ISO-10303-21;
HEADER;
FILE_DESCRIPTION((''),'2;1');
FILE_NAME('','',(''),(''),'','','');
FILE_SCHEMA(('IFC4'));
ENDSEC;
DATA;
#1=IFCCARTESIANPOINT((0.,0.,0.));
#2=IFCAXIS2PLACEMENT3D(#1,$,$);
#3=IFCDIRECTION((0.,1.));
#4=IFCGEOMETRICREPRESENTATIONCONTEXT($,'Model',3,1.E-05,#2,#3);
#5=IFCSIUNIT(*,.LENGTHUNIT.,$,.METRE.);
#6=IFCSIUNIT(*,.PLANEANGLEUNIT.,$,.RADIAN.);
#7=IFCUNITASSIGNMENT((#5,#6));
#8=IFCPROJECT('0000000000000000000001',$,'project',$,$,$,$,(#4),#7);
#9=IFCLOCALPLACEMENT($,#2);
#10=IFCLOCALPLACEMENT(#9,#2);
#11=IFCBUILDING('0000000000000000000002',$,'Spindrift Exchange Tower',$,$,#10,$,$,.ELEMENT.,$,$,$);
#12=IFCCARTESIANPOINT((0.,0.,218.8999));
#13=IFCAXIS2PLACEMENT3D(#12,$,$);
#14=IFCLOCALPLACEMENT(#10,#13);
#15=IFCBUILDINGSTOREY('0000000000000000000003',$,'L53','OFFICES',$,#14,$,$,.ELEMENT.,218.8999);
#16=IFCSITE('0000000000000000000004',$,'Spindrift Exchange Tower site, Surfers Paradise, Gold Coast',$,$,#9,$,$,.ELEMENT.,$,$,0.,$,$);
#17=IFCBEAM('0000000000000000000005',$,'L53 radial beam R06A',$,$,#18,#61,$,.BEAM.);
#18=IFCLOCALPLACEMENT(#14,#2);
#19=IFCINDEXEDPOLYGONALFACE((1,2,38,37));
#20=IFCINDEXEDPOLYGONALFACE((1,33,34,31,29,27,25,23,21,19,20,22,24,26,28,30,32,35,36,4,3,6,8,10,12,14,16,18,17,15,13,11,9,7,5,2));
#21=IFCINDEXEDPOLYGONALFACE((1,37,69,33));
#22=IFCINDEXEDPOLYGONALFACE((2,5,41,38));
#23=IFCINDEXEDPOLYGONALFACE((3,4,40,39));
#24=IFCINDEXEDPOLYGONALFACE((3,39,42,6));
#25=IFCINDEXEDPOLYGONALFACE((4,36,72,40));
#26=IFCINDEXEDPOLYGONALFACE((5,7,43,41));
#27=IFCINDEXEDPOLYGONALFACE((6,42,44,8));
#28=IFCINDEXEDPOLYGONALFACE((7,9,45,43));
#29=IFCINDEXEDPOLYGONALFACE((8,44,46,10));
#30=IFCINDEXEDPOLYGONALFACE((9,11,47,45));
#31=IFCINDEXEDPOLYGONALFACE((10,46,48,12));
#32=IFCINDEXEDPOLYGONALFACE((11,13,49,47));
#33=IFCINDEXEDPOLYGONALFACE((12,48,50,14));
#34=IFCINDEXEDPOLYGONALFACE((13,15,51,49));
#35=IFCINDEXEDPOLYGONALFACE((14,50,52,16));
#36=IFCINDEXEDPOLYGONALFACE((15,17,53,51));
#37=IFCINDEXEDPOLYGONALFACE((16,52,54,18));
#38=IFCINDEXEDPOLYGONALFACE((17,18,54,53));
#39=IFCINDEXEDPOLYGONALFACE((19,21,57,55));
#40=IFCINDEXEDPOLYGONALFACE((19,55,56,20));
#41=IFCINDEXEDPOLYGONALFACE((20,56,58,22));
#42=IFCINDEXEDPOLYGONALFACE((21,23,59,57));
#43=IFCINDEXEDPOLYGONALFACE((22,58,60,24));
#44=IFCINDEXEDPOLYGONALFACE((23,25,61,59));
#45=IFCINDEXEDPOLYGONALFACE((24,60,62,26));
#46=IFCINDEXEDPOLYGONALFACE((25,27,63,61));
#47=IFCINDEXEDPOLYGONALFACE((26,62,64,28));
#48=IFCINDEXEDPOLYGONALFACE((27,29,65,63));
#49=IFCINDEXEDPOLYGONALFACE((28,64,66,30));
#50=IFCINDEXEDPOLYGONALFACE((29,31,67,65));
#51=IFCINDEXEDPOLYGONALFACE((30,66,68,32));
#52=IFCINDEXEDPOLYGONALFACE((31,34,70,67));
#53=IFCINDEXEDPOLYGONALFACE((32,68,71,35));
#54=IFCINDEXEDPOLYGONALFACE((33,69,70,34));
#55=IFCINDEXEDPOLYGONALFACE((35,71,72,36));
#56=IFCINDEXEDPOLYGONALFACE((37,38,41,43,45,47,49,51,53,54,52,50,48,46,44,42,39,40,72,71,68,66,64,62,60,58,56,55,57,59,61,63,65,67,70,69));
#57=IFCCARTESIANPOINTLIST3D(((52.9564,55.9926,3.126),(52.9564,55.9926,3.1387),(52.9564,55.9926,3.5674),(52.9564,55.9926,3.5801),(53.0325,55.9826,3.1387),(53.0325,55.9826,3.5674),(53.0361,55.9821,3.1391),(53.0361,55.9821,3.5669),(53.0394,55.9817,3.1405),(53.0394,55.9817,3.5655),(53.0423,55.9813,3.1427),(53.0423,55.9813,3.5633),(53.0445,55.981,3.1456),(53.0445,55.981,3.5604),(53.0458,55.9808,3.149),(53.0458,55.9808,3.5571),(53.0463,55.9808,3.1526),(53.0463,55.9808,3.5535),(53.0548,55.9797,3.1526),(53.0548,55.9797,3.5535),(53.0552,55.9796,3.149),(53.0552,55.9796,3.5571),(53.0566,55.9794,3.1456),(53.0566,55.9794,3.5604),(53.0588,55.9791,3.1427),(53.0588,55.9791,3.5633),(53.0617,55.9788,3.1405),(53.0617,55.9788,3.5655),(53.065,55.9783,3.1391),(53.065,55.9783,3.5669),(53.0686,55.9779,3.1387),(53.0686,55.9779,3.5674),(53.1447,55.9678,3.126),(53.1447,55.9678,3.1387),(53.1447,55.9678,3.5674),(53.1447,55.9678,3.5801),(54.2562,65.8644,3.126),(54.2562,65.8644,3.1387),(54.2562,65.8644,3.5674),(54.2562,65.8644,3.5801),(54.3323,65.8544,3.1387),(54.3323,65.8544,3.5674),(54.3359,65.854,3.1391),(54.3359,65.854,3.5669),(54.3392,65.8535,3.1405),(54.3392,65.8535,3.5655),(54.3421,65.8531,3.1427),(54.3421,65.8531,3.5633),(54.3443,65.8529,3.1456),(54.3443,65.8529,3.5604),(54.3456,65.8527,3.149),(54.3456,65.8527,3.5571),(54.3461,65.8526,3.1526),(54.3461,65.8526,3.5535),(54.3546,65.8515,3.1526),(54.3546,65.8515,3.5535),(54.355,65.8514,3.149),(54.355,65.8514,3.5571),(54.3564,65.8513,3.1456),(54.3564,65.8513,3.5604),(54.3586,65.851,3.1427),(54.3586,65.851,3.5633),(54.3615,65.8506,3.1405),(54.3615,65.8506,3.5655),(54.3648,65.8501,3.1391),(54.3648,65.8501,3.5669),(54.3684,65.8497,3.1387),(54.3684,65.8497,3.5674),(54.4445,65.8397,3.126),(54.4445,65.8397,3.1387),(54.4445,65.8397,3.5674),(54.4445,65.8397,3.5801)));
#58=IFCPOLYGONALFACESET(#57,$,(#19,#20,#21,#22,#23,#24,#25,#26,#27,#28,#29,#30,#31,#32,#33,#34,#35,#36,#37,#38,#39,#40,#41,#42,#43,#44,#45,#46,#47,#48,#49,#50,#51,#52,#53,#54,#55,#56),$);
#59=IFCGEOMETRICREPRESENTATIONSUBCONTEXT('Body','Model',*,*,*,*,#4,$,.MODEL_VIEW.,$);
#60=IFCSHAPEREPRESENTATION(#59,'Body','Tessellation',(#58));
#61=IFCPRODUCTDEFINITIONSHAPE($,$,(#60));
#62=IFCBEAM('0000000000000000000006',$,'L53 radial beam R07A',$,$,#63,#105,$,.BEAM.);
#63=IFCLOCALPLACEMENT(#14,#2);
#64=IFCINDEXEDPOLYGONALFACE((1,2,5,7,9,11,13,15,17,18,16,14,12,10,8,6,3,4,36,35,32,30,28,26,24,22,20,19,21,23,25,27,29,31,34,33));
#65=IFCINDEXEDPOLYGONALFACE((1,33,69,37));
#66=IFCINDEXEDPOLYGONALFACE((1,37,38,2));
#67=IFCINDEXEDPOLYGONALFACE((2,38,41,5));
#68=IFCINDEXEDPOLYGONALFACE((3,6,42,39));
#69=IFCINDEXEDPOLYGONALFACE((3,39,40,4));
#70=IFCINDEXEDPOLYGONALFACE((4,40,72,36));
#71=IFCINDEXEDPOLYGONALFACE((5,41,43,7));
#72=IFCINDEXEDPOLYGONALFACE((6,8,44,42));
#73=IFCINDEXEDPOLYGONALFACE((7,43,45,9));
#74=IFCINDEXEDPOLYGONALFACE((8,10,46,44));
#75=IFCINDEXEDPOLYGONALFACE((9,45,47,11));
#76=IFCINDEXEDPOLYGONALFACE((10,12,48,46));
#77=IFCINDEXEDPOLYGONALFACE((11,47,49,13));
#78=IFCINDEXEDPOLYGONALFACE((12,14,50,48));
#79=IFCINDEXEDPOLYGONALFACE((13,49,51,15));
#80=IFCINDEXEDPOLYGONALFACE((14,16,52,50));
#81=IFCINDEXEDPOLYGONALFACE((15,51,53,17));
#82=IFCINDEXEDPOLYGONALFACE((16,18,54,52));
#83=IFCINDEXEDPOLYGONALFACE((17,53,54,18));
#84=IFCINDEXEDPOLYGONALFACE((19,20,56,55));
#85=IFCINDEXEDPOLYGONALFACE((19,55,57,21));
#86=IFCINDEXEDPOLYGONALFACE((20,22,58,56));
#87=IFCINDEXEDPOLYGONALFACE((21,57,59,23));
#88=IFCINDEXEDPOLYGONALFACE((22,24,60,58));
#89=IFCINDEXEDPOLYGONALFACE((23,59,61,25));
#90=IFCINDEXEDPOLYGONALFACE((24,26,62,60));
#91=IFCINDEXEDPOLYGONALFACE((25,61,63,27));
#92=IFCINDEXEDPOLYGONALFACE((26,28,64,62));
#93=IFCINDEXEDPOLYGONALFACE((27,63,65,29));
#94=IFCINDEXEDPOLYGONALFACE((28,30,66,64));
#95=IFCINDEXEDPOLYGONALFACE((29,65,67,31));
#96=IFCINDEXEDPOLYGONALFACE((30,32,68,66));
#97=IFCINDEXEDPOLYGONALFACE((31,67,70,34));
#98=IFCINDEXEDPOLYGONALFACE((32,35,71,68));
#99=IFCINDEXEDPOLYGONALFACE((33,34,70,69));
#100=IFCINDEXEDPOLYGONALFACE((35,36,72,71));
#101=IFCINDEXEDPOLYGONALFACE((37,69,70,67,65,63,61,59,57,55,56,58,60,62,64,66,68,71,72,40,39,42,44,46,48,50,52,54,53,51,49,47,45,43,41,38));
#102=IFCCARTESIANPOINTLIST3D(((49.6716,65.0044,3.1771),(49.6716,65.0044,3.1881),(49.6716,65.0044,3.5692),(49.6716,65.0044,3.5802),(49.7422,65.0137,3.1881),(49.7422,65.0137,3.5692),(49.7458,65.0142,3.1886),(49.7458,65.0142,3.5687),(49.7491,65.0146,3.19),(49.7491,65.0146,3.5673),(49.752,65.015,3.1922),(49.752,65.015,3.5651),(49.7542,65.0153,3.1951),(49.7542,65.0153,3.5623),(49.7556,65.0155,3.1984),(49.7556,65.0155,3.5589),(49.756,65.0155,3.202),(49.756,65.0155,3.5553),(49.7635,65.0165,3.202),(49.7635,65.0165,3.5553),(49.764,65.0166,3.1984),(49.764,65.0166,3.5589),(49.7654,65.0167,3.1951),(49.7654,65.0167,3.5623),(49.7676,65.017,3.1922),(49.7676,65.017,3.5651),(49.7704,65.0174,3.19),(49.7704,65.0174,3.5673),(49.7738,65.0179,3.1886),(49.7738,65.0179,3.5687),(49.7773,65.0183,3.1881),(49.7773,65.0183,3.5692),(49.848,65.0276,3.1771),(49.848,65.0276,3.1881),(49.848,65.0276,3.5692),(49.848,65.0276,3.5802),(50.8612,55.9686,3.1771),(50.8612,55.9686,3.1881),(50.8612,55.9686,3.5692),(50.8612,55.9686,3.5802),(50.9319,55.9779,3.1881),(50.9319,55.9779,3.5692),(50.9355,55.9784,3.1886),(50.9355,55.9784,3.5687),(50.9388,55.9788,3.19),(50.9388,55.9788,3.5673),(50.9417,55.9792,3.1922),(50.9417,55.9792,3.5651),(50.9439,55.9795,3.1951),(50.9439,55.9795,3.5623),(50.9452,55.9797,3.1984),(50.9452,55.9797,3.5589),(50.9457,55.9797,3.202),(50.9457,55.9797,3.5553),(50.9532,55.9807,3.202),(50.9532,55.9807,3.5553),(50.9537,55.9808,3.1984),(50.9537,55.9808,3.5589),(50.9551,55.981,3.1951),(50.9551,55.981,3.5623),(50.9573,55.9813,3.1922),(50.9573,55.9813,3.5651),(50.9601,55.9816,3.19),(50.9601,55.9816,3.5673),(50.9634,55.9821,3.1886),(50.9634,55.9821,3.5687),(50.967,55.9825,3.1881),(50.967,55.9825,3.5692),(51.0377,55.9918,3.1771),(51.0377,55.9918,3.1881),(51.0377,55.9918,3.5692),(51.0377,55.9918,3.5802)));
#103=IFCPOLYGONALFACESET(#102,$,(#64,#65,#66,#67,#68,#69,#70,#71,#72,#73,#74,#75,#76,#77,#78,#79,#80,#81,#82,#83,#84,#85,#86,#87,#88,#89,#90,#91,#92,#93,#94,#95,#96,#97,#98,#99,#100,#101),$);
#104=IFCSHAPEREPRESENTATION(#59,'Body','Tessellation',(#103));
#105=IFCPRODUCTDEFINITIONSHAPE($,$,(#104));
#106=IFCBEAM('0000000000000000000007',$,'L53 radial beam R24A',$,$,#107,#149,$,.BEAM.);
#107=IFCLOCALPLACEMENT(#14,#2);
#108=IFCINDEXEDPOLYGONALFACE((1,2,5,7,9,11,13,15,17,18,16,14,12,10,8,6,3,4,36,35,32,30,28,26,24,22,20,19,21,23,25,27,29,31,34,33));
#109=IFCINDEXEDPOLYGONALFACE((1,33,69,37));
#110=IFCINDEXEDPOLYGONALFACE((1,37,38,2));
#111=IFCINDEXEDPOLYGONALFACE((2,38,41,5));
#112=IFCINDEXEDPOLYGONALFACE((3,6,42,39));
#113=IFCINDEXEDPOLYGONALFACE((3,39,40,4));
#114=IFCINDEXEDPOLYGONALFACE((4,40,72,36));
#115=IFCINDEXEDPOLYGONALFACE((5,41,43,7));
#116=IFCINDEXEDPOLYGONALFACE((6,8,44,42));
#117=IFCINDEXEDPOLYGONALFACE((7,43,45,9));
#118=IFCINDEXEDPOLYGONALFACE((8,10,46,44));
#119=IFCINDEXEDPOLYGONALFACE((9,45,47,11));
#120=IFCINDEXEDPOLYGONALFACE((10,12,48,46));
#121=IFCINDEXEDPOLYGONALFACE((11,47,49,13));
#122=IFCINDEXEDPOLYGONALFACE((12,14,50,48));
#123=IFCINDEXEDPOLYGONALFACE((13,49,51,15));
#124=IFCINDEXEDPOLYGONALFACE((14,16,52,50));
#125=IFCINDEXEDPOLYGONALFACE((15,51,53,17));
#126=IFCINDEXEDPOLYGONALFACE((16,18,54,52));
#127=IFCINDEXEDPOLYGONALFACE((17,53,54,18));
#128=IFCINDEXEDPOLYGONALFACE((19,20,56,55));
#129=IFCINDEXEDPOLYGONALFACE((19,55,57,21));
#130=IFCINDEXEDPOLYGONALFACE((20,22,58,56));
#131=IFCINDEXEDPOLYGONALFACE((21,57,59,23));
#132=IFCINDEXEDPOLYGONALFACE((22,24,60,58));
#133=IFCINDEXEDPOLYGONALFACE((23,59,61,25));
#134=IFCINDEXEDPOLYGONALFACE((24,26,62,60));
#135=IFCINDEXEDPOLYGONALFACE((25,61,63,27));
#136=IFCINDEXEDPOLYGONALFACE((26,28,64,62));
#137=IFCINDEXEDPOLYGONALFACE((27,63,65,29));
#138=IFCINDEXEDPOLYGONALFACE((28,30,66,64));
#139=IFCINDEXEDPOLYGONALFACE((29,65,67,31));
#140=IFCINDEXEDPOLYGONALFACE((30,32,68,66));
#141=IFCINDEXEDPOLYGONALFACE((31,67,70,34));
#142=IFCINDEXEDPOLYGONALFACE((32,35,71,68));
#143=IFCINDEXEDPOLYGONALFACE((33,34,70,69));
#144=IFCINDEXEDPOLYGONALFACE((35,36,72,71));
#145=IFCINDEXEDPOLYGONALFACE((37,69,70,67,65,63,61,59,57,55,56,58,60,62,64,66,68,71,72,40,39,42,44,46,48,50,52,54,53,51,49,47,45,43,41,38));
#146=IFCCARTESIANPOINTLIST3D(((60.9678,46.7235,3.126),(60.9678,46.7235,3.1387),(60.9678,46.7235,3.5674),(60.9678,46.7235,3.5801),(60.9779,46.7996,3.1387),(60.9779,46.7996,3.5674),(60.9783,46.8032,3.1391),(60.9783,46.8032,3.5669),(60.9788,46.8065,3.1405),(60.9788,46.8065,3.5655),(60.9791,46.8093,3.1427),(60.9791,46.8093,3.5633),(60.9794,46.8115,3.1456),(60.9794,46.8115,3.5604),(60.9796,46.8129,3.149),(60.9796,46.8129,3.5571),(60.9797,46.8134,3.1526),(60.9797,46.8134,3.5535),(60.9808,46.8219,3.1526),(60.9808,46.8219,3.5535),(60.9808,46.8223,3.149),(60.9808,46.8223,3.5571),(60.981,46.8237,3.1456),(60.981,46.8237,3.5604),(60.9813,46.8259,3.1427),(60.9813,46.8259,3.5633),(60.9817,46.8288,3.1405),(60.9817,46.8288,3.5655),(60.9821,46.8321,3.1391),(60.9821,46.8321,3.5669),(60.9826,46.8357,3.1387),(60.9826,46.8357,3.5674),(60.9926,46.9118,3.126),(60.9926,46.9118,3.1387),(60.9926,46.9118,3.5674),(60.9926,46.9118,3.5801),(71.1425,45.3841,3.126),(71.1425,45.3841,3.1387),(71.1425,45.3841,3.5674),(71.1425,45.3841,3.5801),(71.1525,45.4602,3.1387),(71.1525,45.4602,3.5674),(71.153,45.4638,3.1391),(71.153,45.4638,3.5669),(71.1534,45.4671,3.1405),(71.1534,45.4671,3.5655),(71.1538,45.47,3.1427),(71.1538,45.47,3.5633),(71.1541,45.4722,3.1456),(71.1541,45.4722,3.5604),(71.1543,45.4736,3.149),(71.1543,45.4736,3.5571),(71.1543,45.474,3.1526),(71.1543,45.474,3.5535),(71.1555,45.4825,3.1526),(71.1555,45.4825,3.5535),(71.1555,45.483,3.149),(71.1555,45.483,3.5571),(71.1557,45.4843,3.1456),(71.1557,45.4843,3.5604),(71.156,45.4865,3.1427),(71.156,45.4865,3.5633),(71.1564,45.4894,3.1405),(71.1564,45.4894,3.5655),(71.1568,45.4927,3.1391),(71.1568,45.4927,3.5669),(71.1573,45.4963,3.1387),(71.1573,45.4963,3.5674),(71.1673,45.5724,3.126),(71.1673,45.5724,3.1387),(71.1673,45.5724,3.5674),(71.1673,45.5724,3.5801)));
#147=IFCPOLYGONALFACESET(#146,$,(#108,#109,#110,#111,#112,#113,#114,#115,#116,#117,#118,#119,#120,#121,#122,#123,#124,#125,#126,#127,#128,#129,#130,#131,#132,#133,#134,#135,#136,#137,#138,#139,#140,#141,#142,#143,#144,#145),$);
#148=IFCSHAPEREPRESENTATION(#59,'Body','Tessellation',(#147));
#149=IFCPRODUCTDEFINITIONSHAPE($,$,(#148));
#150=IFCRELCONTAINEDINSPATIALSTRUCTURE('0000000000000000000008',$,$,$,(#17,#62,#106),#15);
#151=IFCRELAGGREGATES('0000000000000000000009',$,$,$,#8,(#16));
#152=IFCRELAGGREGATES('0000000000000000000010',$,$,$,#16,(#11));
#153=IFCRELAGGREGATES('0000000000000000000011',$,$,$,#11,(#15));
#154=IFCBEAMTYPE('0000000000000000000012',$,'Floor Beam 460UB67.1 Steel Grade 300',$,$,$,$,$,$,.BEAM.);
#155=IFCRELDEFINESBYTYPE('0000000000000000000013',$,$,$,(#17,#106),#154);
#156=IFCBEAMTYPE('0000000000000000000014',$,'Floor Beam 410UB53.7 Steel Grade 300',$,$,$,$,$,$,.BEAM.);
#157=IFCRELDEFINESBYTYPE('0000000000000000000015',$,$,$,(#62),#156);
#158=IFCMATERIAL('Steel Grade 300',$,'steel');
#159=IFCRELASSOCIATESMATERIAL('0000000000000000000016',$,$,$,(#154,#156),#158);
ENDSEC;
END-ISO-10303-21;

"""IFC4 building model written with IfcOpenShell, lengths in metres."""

from ifc_helpers import new_model, si_unit, direction, frame, origin, origin_2d, place, context, subcontext, project, spatial, i_section, extrude, source, transform, mapped, material, material_profile, profile_set, type_object, element, save


model = new_model("IFC4")

# Units and contexts
model_context = context("Model", 3, precision=1e-05, world=origin(), true_north=direction((0.0, 1.0)))
body_context = subcontext(model_context, "Body", "Model", "MODEL_VIEW")
ifc_project = project(units=[si_unit("LENGTHUNIT", "METRE"), si_unit("PLANEANGLEUNIT", "RADIAN")], contexts=[model_context])

# Site, building, storey
site_placement = place(None, origin())
site = spatial("IfcSite", under=ifc_project, at=site_placement, Name="Spindrift Exchange Tower site, Surfers Paradise, Gold Coast", CompositionType="ELEMENT", RefElevation=0.0)
building_placement = place(site_placement, origin())
building = spatial("IfcBuilding", under=site, at=building_placement, Name="Spindrift Exchange Tower", CompositionType="ELEMENT")
storey_placement = place(building_placement, frame((0.0, 0.0, 218.8999)))
storey = spatial("IfcBuildingStorey", under=building, at=storey_placement, Name="L53", Description="OFFICES", CompositionType="ELEMENT", Elevation=218.8999)

# Beams
ifc_material_1 = material(Name="Steel Grade 300", Category="steel")
ifc_material_profile_1 = material_profile(ifc_material_1, i_section(OverallWidth=0.1899, OverallDepth=0.4541, WebThickness=0.0085, FlangeThickness=0.0127, FilletRadius=0.0139, at=origin_2d()), Name="460UB67.1")
ifc_profile_set_1 = profile_set([ifc_material_profile_1], Name="Steel Grade 300")
beam_type_1 = type_object("IfcBeamType", Name="Floor Beam 460UB67.1 Steel Grade 300", PredefinedType="BEAM", material=ifc_profile_set_1)
shared_shape_1 = source(origin(), body_context, "Body", "SweptSolid", [
    extrude(i_section(OverallWidth=0.1899, OverallDepth=0.4541, WebThickness=0.0085, FlangeThickness=0.0127, FilletRadius=0.0139, at=origin_2d()), origin(), (0.0, 0.0, 1.0), 9.957),
])
beam_1_placement = place(storey_placement, frame((53.0505, 55.9802, 3.353), z_axis=(0.130541, 0.991443, 0.0), x_axis=(-0.991443, 0.130541, 0.0)))
element("IfcBeam", 1, at=beam_1_placement, inside=storey, type_object=beam_type_1, Name="L53 radial beam R06A", PredefinedType="BEAM", context=body_context, shape_type="MappedRepresentation", body=[
    mapped(shared_shape_1, transform((0.0, 0.0, 0.0), scale=1.0)),
])
ifc_material_profile_2 = material_profile(ifc_material_1, i_section(OverallWidth=0.178, OverallDepth=0.4031, WebThickness=0.0076, FlangeThickness=0.011, FilletRadius=0.0139, at=origin_2d()), Name="410UB53.7")
ifc_profile_set_2 = profile_set([ifc_material_profile_2], Name="Steel Grade 300")
beam_type_2 = type_object("IfcBeamType", Name="Floor Beam 410UB53.7 Steel Grade 300", PredefinedType="BEAM", material=ifc_profile_set_2)
shared_shape_2 = source(origin(), body_context, "Body", "SweptSolid", [
    extrude(i_section(OverallWidth=0.178, OverallDepth=0.4031, WebThickness=0.0076, FlangeThickness=0.011, FilletRadius=0.0139, at=origin_2d()), origin(), (0.0, 0.0, 1.0), 9.1138),
])
beam_2_placement = place(storey_placement, frame((50.9495, 55.9802, 3.3787), z_axis=(-0.130537, 0.991443, 0.0), x_axis=(-0.991443, -0.130537, 0.0)))
element("IfcBeam", 2, at=beam_2_placement, inside=storey, type_object=beam_type_2, Name="L53 radial beam R07A", PredefinedType="BEAM", context=body_context, shape_type="MappedRepresentation", body=[
    mapped(shared_shape_2, transform((0.0, 0.0, 0.0), scale=1.0)),
])
shared_shape_3 = source(origin(), body_context, "Body", "SweptSolid", [
    extrude(i_section(OverallWidth=0.1899, OverallDepth=0.4541, WebThickness=0.0085, FlangeThickness=0.0127, FilletRadius=0.0139, at=origin_2d()), origin(), (0.0, 0.0, 1.0), 10.2625),
])
beam_3_placement = place(storey_placement, frame((60.9802, 46.8176, 3.353), z_axis=(0.991447, -0.130512, 0.0), x_axis=(0.130512, 0.991447, 0.0)))
element("IfcBeam", 3, at=beam_3_placement, inside=storey, type_object=beam_type_1, Name="L53 radial beam R24A", PredefinedType="BEAM", context=body_context, shape_type="MappedRepresentation", body=[
    mapped(shared_shape_3, transform((0.0, 0.0, 0.0), scale=1.0)),
])

save(model, "model.ifc")
